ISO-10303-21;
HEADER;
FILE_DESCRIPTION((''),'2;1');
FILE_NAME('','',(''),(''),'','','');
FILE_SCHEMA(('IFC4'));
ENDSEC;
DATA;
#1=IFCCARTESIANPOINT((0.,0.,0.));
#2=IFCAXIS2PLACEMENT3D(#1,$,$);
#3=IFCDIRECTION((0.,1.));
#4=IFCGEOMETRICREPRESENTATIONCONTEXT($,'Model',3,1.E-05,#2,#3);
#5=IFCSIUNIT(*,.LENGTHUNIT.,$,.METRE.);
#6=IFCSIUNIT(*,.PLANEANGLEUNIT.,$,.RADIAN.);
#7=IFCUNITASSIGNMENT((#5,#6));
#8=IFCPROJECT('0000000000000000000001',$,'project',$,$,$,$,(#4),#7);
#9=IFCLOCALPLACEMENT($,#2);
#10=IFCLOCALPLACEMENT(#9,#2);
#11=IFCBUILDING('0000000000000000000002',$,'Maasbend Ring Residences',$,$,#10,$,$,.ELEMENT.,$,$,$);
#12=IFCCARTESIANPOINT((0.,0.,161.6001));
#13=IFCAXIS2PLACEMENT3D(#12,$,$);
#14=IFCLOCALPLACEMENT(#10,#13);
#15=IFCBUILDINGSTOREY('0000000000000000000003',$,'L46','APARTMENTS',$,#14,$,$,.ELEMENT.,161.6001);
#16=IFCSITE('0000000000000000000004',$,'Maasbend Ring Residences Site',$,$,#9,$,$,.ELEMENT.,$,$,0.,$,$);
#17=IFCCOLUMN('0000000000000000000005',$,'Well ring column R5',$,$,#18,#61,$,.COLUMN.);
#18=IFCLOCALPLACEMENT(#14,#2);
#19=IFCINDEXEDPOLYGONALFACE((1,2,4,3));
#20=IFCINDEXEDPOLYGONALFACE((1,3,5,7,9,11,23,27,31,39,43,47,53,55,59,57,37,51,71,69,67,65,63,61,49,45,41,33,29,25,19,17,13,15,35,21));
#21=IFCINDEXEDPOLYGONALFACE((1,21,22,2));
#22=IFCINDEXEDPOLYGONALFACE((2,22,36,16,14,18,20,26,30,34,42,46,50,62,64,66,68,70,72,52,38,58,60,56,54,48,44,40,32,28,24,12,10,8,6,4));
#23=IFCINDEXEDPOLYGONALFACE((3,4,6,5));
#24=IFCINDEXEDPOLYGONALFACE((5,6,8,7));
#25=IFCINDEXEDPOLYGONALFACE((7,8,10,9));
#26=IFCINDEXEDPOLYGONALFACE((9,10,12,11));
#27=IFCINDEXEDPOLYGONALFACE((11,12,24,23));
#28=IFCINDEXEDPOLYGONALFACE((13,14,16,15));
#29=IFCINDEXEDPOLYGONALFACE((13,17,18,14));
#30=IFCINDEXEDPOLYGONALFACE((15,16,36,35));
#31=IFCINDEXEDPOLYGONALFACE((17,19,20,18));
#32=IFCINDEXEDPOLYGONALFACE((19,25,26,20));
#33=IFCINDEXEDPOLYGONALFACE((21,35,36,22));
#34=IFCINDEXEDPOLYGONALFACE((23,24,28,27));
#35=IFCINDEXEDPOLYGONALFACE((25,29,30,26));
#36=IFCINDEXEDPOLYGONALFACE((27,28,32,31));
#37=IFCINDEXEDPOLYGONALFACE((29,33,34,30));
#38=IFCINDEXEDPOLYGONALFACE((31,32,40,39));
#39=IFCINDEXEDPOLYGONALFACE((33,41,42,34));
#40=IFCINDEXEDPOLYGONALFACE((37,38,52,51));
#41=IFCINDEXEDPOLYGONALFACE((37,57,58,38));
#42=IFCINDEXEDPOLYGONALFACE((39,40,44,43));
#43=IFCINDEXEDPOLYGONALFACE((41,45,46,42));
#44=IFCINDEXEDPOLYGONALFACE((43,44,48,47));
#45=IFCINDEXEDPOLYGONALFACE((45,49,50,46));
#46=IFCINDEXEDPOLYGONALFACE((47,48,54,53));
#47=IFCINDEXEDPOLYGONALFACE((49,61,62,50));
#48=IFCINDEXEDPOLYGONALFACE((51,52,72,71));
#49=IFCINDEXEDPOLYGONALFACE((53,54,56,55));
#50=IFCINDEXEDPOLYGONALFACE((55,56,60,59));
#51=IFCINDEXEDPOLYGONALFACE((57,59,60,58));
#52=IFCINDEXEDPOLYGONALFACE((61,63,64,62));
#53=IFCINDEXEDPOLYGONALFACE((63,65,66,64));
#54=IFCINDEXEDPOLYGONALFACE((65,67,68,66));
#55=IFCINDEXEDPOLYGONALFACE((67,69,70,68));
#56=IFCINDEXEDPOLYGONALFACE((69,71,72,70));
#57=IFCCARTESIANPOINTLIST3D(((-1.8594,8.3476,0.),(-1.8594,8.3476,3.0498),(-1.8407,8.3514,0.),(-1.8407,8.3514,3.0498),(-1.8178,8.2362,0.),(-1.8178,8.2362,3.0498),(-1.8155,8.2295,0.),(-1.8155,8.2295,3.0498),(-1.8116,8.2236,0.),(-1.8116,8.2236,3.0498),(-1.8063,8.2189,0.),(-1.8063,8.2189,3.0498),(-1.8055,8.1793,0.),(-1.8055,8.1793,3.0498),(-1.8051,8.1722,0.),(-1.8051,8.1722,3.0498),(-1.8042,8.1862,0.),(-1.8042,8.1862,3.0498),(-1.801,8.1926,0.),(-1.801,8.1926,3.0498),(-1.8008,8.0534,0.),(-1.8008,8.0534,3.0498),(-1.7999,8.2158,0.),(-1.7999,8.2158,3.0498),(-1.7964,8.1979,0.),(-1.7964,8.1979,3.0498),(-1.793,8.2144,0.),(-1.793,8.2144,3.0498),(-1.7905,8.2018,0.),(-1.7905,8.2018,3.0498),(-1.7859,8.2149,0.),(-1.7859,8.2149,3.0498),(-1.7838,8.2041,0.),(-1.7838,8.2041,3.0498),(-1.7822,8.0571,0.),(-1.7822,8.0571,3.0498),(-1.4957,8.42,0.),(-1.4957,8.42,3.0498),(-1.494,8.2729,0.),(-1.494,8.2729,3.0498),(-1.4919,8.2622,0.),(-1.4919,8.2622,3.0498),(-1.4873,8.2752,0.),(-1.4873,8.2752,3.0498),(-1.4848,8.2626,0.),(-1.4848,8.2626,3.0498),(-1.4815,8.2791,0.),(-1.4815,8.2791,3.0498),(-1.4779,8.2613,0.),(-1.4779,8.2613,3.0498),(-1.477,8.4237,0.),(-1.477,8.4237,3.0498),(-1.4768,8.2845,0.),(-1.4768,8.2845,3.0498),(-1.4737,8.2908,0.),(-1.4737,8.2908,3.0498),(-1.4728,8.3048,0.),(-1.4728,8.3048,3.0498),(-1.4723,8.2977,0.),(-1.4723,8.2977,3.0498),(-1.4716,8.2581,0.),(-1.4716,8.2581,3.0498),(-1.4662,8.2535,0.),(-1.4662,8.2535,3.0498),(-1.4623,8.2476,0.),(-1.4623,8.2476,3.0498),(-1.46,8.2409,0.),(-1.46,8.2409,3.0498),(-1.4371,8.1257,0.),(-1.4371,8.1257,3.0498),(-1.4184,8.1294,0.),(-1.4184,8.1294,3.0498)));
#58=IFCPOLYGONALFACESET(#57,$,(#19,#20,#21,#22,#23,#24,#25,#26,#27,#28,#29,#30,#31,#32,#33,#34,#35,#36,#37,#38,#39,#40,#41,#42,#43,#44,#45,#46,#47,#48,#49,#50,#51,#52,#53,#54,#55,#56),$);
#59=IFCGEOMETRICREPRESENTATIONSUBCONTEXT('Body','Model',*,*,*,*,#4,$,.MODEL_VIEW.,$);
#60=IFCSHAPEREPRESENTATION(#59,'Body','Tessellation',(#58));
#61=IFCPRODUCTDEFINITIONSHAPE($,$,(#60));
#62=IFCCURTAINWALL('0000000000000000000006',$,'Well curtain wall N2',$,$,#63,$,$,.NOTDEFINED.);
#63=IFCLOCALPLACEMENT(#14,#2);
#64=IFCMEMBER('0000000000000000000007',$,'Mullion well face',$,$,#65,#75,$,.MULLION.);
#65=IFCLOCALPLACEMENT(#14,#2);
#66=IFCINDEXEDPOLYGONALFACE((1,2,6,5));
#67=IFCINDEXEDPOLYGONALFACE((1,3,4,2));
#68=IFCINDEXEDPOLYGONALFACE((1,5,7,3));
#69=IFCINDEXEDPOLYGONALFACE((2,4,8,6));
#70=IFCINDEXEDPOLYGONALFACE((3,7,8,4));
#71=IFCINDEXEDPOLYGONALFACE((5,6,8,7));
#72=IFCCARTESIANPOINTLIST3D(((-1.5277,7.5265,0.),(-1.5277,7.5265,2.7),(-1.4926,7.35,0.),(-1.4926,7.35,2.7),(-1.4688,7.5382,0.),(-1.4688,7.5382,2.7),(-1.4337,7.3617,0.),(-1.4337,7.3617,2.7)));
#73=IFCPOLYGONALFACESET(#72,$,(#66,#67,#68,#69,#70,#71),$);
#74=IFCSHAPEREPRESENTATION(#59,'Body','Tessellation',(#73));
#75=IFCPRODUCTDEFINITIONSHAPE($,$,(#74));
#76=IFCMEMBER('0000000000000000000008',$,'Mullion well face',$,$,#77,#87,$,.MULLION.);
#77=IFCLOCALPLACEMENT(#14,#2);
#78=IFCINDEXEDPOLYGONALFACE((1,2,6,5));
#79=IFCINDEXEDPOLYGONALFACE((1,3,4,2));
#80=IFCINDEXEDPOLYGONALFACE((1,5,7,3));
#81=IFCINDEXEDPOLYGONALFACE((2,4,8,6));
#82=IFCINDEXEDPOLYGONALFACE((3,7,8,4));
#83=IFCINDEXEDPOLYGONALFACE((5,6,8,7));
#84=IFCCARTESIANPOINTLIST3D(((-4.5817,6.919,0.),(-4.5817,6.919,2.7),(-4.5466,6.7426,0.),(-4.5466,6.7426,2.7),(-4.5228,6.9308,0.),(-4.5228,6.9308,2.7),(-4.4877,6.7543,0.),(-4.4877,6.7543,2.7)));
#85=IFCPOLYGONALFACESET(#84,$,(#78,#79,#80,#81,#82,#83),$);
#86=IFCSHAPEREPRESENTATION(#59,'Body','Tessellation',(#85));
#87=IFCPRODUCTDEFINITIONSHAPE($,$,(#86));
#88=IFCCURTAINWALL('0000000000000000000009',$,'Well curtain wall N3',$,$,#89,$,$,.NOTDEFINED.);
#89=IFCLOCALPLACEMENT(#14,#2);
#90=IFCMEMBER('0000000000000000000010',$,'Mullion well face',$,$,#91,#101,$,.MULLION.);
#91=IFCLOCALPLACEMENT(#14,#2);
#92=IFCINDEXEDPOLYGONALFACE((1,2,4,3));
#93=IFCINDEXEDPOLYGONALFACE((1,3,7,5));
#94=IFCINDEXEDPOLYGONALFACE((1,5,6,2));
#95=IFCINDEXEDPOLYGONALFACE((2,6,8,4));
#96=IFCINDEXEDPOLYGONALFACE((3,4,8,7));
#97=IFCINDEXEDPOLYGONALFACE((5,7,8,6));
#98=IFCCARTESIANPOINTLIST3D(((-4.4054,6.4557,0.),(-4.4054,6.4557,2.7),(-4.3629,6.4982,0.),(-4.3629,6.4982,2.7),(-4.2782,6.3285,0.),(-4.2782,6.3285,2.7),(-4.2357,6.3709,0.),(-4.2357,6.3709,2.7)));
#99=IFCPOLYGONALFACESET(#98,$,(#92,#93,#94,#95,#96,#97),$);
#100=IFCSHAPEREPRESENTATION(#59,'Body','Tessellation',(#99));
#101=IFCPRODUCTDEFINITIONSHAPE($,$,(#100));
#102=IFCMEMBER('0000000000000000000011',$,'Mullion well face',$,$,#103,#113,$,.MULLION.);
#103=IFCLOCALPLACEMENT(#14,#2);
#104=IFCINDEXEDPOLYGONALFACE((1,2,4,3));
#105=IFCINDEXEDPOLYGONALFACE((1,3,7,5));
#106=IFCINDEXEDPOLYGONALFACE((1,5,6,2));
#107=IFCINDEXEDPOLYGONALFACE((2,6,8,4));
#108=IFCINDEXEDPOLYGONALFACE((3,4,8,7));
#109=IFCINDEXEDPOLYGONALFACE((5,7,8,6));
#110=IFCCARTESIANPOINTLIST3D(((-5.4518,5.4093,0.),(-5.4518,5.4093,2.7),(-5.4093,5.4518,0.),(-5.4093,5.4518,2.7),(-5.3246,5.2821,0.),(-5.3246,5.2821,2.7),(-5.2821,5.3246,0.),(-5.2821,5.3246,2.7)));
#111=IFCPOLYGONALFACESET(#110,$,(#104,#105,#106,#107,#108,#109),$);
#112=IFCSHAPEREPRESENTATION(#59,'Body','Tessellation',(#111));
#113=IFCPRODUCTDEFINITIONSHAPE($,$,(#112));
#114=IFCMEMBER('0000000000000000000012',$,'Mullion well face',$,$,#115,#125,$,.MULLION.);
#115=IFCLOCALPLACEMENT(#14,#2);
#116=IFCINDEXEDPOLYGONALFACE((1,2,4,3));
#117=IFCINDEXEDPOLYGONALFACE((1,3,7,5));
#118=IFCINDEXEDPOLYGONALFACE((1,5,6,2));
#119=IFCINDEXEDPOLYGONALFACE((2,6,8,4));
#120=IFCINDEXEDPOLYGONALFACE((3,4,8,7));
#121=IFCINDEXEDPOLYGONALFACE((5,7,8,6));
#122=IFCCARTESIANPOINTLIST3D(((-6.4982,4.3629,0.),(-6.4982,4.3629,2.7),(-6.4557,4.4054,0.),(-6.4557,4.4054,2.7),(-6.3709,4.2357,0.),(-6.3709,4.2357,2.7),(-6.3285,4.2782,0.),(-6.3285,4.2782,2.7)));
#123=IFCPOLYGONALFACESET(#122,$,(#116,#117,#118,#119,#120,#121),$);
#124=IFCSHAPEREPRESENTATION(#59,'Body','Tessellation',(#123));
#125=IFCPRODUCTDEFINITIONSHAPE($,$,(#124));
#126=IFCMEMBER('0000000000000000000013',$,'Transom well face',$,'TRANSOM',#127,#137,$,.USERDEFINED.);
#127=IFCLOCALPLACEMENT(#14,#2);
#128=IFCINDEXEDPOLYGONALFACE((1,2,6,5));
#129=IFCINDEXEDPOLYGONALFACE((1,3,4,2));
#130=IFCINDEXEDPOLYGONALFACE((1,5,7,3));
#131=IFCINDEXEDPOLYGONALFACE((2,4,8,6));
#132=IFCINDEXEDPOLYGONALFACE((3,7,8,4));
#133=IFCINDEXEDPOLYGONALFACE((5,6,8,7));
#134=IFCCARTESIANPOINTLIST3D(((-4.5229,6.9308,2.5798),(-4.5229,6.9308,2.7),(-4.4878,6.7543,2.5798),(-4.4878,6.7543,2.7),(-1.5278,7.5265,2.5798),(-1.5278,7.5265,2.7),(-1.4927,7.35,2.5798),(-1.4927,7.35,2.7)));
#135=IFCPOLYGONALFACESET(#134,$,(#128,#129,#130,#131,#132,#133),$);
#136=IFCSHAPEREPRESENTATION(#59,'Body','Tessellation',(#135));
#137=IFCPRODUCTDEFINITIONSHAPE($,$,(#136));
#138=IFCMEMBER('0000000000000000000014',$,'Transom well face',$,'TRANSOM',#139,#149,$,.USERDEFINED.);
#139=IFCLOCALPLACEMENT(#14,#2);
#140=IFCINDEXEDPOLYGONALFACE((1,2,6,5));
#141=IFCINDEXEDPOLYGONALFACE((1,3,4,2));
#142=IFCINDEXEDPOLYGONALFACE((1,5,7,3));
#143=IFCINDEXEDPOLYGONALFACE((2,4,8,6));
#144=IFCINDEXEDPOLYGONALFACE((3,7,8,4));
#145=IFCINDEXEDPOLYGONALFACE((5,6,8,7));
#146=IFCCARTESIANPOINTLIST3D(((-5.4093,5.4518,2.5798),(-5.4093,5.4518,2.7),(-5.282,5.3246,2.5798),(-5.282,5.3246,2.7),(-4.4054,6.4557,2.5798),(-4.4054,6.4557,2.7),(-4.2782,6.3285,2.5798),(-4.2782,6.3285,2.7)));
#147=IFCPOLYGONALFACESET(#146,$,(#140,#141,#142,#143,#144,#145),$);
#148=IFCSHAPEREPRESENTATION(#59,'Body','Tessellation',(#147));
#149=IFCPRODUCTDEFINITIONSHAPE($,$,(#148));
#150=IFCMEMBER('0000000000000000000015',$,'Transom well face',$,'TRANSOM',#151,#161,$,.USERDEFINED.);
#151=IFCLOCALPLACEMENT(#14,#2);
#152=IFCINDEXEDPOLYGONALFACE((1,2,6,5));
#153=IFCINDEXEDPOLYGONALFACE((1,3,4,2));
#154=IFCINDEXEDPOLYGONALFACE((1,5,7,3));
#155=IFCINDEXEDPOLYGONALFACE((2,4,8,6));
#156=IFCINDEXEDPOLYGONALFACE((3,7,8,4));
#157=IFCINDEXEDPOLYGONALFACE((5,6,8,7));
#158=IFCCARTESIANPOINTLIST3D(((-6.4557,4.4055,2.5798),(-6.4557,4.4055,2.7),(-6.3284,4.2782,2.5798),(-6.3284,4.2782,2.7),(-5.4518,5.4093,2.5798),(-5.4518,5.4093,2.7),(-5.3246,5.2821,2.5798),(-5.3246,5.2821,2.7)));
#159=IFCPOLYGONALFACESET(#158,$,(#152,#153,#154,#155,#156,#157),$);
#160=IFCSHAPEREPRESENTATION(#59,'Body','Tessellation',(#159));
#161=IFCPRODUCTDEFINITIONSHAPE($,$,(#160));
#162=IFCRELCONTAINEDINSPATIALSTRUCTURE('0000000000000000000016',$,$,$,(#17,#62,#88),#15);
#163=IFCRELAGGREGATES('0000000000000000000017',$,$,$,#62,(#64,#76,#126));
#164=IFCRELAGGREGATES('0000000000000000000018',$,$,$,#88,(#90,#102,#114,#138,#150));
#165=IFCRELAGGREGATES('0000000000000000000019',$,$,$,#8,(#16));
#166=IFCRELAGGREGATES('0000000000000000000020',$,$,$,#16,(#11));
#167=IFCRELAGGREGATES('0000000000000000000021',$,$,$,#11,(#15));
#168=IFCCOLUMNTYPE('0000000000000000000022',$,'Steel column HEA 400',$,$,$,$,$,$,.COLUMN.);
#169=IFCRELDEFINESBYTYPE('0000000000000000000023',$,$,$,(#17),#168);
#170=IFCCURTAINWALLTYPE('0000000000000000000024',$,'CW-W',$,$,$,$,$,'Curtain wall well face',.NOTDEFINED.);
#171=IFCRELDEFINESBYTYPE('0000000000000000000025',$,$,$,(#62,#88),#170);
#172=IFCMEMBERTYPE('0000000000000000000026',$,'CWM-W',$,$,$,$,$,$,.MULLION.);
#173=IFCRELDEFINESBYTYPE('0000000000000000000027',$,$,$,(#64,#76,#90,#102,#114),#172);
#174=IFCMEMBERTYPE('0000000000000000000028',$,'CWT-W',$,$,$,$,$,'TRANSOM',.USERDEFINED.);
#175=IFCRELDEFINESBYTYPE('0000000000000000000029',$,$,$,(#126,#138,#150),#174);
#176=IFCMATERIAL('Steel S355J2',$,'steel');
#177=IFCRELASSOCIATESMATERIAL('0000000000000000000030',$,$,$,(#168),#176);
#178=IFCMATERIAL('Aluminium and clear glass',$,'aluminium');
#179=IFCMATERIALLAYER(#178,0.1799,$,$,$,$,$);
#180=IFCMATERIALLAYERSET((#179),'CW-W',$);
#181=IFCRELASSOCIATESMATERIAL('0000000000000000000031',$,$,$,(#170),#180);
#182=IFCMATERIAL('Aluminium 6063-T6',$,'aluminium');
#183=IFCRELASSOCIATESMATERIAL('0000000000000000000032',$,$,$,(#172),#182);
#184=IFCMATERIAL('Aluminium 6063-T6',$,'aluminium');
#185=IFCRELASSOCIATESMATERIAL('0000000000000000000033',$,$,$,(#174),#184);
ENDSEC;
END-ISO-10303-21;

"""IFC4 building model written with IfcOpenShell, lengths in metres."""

from ifc_helpers import new_model, si_unit, direction, frame, origin, origin_2d, place, context, subcontext, project, spatial, rectangle, i_section, extrude, material, layer, layer_set, material_profile, profile_set, type_object, element, aggregate, save


model = new_model("IFC4")

# Units and contexts
model_context = context("Model", 3, precision=1e-05, world=origin(), true_north=direction((0.0, 1.0)))
body_context = subcontext(model_context, "Body", "Model", "MODEL_VIEW")
ifc_project = project(units=[si_unit("LENGTHUNIT", "METRE"), si_unit("PLANEANGLEUNIT", "RADIAN")], contexts=[model_context])

# Site, building, storey
site_placement = place(None, origin())
site = spatial("IfcSite", under=ifc_project, at=site_placement, Name="Maasbend Ring Residences Site", CompositionType="ELEMENT", RefElevation=0.0)
building_placement = place(site_placement, origin())
building = spatial("IfcBuilding", under=site, at=building_placement, Name="Maasbend Ring Residences", CompositionType="ELEMENT")
storey_placement = place(building_placement, frame((0.0, 0.0, 161.6001)))
storey = spatial("IfcBuildingStorey", under=building, at=storey_placement, Name="L46", Description="APARTMENTS", CompositionType="ELEMENT", Elevation=161.6001)

# Column
ifc_material_1 = material(Name="Steel S355J2", Category="steel")
ifc_material_profile_1 = material_profile(ifc_material_1, i_section(OverallWidth=0.3, OverallDepth=0.3899, WebThickness=0.011, FlangeThickness=0.019, FilletRadius=0.0271, at=origin_2d()), Name="HEA 400")
ifc_profile_set_1 = profile_set([ifc_material_profile_1], Name="Steel S355J2")
column_type = type_object("IfcColumnType", Name="Steel column HEA 400", PredefinedType="COLUMN", material=ifc_profile_set_1)
column_placement = place(storey_placement, frame((-1.6389, 8.2385, 0.0), z_axis=(0.0, 0.0, 1.0), x_axis=(-0.19509, 0.980785, 0.0)))
element("IfcColumn", 1, at=column_placement, inside=storey, type_object=column_type, Name="Well ring column R5", PredefinedType="COLUMN", context=body_context, shape_type="SweptSolid", body=[
    extrude(i_section(OverallWidth=0.3, OverallDepth=0.3899, WebThickness=0.011, FlangeThickness=0.019, FilletRadius=0.0271, at=origin_2d()), origin(), (0.0, 0.0, 1.0), 3.0498),
])

# Curtain walls, members
ifc_material_2 = material(Name="Aluminium and clear glass", Category="aluminium")
ifc_layer_1 = layer(ifc_material_2, 0.1799)
ifc_layer_set_1 = layer_set([ifc_layer_1], Name="CW-W")
curtain_wall_type = type_object("IfcCurtainWallType", Name="CW-W", ElementType="Curtain wall well face", PredefinedType="NOTDEFINED", material=ifc_layer_set_1)
curtain_wall_1_placement = place(storey_placement, origin())
curtain_wall_1 = element("IfcCurtainWall", 2, at=curtain_wall_1_placement, inside=storey, type_object=curtain_wall_type, Name="Well curtain wall N2", PredefinedType="NOTDEFINED")
ifc_material_3 = material(Name="Aluminium 6063-T6", Category="aluminium")
ifc_material_profile_2 = material_profile(ifc_material_3, rectangle(XDim=0.1799, YDim=0.0601, at=origin_2d()), Name="AL 180x60")
ifc_profile_set_2 = profile_set([ifc_material_profile_2], Name="Aluminium 6063-T6")
member_type_1 = type_object("IfcMemberType", Name="CWM-W", PredefinedType="MULLION", material=ifc_profile_set_2)
member_1_placement = place(storey_placement, frame((-1.4807, 7.4441, 0.0), z_axis=(0.0, 0.0, 1.0), x_axis=(0.19509, -0.980785, 0.0)))
member_1 = element("IfcMember", 3, at=member_1_placement, type_object=member_type_1, Name="Mullion well face", PredefinedType="MULLION", context=body_context, shape_type="SweptSolid", body=[
    extrude(rectangle(XDim=0.1799, YDim=0.0601, at=origin_2d()), origin(), (0.0, 0.0, 1.0), 2.7),
])
member_2_placement = place(storey_placement, frame((-4.5347, 6.8367, 0.0), z_axis=(0.0, 0.0, 1.0), x_axis=(0.19509, -0.980785, 0.0)))
member_2 = element("IfcMember", 4, at=member_2_placement, type_object=member_type_1, Name="Mullion well face", PredefinedType="MULLION", context=body_context, shape_type="SweptSolid", body=[
    extrude(rectangle(XDim=0.1799, YDim=0.0601, at=origin_2d()), origin(), (0.0, 0.0, 1.0), 2.7),
])
curtain_wall_2_placement = place(storey_placement, origin())
curtain_wall_2 = element("IfcCurtainWall", 5, at=curtain_wall_2_placement, inside=storey, type_object=curtain_wall_type, Name="Well curtain wall N3", PredefinedType="NOTDEFINED")
member_3_placement = place(storey_placement, frame((-4.3206, 6.4133, 0.0), z_axis=(0.0, 0.0, 1.0), x_axis=(0.707107, -0.707107, 0.0)))
member_3 = element("IfcMember", 6, at=member_3_placement, type_object=member_type_1, Name="Mullion well face", PredefinedType="MULLION", context=body_context, shape_type="SweptSolid", body=[
    extrude(rectangle(XDim=0.1799, YDim=0.0601, at=origin_2d()), origin(), (0.0, 0.0, 1.0), 2.7),
])
member_4_placement = place(storey_placement, frame((-5.3669, 5.3669, 0.0), z_axis=(0.0, 0.0, 1.0), x_axis=(0.707107, -0.707107, 0.0)))
member_4 = element("IfcMember", 7, at=member_4_placement, type_object=member_type_1, Name="Mullion well face", PredefinedType="MULLION", context=body_context, shape_type="SweptSolid", body=[
    extrude(rectangle(XDim=0.1799, YDim=0.0601, at=origin_2d()), origin(), (0.0, 0.0, 1.0), 2.7),
])
member_5_placement = place(storey_placement, frame((-6.4133, 4.3206, 0.0), z_axis=(0.0, 0.0, 1.0), x_axis=(0.707107, -0.707107, 0.0)))
member_5 = element("IfcMember", 8, at=member_5_placement, type_object=member_type_1, Name="Mullion well face", PredefinedType="MULLION", context=body_context, shape_type="SweptSolid", body=[
    extrude(rectangle(XDim=0.1799, YDim=0.0601, at=origin_2d()), origin(), (0.0, 0.0, 1.0), 2.7),
])

# Members
ifc_material_4 = material(Name="Aluminium 6063-T6", Category="aluminium")
ifc_material_profile_3 = material_profile(ifc_material_4, rectangle(XDim=0.1799, YDim=0.1201, at=origin_2d()), Name="AL 180x120")
ifc_profile_set_3 = profile_set([ifc_material_profile_3], Name="Aluminium 6063-T6")
member_type_2 = type_object("IfcMemberType", Name="CWT-W", ElementType="TRANSOM", PredefinedType="USERDEFINED", material=ifc_profile_set_3)
member_6_placement = place(storey_placement, frame((-1.5103, 7.4382, 2.6399), z_axis=(-0.980789, -0.195071, 0.0), x_axis=(0.195071, -0.980789, 0.0)))
member_6 = element("IfcMember", 9, at=member_6_placement, type_object=member_type_2, Name="Transom well face", ObjectType="TRANSOM", PredefinedType="USERDEFINED", context=body_context, shape_type="SweptSolid", body=[
    extrude(rectangle(XDim=0.1799, YDim=0.1201, at=origin_2d()), origin(), (0.0, 0.0, 1.0), 3.0537),
])
member_7_placement = place(storey_placement, frame((-4.3418, 6.3921, 2.6399), z_axis=(-0.707107, -0.707107, 0.0), x_axis=(0.707107, -0.707107, 0.0)))
member_7 = element("IfcMember", 10, at=member_7_placement, type_object=member_type_2, Name="Transom well face", ObjectType="TRANSOM", PredefinedType="USERDEFINED", context=body_context, shape_type="SweptSolid", body=[
    extrude(rectangle(XDim=0.1799, YDim=0.1201, at=origin_2d()), origin(), (0.0, 0.0, 1.0), 1.4197),
])
member_8_placement = place(storey_placement, frame((-5.3882, 5.3457, 2.6399), z_axis=(-0.707107, -0.707107, 0.0), x_axis=(0.707107, -0.707107, 0.0)))
member_8 = element("IfcMember", 11, at=member_8_placement, type_object=member_type_2, Name="Transom well face", ObjectType="TRANSOM", PredefinedType="USERDEFINED", context=body_context, shape_type="SweptSolid", body=[
    extrude(rectangle(XDim=0.1799, YDim=0.1201, at=origin_2d()), origin(), (0.0, 0.0, 1.0), 1.4197),
])

aggregate(curtain_wall_1, [member_1, member_2, member_6])
aggregate(curtain_wall_2, [member_3, member_4, member_5, member_7, member_8])

save(model, "model.ifc")
